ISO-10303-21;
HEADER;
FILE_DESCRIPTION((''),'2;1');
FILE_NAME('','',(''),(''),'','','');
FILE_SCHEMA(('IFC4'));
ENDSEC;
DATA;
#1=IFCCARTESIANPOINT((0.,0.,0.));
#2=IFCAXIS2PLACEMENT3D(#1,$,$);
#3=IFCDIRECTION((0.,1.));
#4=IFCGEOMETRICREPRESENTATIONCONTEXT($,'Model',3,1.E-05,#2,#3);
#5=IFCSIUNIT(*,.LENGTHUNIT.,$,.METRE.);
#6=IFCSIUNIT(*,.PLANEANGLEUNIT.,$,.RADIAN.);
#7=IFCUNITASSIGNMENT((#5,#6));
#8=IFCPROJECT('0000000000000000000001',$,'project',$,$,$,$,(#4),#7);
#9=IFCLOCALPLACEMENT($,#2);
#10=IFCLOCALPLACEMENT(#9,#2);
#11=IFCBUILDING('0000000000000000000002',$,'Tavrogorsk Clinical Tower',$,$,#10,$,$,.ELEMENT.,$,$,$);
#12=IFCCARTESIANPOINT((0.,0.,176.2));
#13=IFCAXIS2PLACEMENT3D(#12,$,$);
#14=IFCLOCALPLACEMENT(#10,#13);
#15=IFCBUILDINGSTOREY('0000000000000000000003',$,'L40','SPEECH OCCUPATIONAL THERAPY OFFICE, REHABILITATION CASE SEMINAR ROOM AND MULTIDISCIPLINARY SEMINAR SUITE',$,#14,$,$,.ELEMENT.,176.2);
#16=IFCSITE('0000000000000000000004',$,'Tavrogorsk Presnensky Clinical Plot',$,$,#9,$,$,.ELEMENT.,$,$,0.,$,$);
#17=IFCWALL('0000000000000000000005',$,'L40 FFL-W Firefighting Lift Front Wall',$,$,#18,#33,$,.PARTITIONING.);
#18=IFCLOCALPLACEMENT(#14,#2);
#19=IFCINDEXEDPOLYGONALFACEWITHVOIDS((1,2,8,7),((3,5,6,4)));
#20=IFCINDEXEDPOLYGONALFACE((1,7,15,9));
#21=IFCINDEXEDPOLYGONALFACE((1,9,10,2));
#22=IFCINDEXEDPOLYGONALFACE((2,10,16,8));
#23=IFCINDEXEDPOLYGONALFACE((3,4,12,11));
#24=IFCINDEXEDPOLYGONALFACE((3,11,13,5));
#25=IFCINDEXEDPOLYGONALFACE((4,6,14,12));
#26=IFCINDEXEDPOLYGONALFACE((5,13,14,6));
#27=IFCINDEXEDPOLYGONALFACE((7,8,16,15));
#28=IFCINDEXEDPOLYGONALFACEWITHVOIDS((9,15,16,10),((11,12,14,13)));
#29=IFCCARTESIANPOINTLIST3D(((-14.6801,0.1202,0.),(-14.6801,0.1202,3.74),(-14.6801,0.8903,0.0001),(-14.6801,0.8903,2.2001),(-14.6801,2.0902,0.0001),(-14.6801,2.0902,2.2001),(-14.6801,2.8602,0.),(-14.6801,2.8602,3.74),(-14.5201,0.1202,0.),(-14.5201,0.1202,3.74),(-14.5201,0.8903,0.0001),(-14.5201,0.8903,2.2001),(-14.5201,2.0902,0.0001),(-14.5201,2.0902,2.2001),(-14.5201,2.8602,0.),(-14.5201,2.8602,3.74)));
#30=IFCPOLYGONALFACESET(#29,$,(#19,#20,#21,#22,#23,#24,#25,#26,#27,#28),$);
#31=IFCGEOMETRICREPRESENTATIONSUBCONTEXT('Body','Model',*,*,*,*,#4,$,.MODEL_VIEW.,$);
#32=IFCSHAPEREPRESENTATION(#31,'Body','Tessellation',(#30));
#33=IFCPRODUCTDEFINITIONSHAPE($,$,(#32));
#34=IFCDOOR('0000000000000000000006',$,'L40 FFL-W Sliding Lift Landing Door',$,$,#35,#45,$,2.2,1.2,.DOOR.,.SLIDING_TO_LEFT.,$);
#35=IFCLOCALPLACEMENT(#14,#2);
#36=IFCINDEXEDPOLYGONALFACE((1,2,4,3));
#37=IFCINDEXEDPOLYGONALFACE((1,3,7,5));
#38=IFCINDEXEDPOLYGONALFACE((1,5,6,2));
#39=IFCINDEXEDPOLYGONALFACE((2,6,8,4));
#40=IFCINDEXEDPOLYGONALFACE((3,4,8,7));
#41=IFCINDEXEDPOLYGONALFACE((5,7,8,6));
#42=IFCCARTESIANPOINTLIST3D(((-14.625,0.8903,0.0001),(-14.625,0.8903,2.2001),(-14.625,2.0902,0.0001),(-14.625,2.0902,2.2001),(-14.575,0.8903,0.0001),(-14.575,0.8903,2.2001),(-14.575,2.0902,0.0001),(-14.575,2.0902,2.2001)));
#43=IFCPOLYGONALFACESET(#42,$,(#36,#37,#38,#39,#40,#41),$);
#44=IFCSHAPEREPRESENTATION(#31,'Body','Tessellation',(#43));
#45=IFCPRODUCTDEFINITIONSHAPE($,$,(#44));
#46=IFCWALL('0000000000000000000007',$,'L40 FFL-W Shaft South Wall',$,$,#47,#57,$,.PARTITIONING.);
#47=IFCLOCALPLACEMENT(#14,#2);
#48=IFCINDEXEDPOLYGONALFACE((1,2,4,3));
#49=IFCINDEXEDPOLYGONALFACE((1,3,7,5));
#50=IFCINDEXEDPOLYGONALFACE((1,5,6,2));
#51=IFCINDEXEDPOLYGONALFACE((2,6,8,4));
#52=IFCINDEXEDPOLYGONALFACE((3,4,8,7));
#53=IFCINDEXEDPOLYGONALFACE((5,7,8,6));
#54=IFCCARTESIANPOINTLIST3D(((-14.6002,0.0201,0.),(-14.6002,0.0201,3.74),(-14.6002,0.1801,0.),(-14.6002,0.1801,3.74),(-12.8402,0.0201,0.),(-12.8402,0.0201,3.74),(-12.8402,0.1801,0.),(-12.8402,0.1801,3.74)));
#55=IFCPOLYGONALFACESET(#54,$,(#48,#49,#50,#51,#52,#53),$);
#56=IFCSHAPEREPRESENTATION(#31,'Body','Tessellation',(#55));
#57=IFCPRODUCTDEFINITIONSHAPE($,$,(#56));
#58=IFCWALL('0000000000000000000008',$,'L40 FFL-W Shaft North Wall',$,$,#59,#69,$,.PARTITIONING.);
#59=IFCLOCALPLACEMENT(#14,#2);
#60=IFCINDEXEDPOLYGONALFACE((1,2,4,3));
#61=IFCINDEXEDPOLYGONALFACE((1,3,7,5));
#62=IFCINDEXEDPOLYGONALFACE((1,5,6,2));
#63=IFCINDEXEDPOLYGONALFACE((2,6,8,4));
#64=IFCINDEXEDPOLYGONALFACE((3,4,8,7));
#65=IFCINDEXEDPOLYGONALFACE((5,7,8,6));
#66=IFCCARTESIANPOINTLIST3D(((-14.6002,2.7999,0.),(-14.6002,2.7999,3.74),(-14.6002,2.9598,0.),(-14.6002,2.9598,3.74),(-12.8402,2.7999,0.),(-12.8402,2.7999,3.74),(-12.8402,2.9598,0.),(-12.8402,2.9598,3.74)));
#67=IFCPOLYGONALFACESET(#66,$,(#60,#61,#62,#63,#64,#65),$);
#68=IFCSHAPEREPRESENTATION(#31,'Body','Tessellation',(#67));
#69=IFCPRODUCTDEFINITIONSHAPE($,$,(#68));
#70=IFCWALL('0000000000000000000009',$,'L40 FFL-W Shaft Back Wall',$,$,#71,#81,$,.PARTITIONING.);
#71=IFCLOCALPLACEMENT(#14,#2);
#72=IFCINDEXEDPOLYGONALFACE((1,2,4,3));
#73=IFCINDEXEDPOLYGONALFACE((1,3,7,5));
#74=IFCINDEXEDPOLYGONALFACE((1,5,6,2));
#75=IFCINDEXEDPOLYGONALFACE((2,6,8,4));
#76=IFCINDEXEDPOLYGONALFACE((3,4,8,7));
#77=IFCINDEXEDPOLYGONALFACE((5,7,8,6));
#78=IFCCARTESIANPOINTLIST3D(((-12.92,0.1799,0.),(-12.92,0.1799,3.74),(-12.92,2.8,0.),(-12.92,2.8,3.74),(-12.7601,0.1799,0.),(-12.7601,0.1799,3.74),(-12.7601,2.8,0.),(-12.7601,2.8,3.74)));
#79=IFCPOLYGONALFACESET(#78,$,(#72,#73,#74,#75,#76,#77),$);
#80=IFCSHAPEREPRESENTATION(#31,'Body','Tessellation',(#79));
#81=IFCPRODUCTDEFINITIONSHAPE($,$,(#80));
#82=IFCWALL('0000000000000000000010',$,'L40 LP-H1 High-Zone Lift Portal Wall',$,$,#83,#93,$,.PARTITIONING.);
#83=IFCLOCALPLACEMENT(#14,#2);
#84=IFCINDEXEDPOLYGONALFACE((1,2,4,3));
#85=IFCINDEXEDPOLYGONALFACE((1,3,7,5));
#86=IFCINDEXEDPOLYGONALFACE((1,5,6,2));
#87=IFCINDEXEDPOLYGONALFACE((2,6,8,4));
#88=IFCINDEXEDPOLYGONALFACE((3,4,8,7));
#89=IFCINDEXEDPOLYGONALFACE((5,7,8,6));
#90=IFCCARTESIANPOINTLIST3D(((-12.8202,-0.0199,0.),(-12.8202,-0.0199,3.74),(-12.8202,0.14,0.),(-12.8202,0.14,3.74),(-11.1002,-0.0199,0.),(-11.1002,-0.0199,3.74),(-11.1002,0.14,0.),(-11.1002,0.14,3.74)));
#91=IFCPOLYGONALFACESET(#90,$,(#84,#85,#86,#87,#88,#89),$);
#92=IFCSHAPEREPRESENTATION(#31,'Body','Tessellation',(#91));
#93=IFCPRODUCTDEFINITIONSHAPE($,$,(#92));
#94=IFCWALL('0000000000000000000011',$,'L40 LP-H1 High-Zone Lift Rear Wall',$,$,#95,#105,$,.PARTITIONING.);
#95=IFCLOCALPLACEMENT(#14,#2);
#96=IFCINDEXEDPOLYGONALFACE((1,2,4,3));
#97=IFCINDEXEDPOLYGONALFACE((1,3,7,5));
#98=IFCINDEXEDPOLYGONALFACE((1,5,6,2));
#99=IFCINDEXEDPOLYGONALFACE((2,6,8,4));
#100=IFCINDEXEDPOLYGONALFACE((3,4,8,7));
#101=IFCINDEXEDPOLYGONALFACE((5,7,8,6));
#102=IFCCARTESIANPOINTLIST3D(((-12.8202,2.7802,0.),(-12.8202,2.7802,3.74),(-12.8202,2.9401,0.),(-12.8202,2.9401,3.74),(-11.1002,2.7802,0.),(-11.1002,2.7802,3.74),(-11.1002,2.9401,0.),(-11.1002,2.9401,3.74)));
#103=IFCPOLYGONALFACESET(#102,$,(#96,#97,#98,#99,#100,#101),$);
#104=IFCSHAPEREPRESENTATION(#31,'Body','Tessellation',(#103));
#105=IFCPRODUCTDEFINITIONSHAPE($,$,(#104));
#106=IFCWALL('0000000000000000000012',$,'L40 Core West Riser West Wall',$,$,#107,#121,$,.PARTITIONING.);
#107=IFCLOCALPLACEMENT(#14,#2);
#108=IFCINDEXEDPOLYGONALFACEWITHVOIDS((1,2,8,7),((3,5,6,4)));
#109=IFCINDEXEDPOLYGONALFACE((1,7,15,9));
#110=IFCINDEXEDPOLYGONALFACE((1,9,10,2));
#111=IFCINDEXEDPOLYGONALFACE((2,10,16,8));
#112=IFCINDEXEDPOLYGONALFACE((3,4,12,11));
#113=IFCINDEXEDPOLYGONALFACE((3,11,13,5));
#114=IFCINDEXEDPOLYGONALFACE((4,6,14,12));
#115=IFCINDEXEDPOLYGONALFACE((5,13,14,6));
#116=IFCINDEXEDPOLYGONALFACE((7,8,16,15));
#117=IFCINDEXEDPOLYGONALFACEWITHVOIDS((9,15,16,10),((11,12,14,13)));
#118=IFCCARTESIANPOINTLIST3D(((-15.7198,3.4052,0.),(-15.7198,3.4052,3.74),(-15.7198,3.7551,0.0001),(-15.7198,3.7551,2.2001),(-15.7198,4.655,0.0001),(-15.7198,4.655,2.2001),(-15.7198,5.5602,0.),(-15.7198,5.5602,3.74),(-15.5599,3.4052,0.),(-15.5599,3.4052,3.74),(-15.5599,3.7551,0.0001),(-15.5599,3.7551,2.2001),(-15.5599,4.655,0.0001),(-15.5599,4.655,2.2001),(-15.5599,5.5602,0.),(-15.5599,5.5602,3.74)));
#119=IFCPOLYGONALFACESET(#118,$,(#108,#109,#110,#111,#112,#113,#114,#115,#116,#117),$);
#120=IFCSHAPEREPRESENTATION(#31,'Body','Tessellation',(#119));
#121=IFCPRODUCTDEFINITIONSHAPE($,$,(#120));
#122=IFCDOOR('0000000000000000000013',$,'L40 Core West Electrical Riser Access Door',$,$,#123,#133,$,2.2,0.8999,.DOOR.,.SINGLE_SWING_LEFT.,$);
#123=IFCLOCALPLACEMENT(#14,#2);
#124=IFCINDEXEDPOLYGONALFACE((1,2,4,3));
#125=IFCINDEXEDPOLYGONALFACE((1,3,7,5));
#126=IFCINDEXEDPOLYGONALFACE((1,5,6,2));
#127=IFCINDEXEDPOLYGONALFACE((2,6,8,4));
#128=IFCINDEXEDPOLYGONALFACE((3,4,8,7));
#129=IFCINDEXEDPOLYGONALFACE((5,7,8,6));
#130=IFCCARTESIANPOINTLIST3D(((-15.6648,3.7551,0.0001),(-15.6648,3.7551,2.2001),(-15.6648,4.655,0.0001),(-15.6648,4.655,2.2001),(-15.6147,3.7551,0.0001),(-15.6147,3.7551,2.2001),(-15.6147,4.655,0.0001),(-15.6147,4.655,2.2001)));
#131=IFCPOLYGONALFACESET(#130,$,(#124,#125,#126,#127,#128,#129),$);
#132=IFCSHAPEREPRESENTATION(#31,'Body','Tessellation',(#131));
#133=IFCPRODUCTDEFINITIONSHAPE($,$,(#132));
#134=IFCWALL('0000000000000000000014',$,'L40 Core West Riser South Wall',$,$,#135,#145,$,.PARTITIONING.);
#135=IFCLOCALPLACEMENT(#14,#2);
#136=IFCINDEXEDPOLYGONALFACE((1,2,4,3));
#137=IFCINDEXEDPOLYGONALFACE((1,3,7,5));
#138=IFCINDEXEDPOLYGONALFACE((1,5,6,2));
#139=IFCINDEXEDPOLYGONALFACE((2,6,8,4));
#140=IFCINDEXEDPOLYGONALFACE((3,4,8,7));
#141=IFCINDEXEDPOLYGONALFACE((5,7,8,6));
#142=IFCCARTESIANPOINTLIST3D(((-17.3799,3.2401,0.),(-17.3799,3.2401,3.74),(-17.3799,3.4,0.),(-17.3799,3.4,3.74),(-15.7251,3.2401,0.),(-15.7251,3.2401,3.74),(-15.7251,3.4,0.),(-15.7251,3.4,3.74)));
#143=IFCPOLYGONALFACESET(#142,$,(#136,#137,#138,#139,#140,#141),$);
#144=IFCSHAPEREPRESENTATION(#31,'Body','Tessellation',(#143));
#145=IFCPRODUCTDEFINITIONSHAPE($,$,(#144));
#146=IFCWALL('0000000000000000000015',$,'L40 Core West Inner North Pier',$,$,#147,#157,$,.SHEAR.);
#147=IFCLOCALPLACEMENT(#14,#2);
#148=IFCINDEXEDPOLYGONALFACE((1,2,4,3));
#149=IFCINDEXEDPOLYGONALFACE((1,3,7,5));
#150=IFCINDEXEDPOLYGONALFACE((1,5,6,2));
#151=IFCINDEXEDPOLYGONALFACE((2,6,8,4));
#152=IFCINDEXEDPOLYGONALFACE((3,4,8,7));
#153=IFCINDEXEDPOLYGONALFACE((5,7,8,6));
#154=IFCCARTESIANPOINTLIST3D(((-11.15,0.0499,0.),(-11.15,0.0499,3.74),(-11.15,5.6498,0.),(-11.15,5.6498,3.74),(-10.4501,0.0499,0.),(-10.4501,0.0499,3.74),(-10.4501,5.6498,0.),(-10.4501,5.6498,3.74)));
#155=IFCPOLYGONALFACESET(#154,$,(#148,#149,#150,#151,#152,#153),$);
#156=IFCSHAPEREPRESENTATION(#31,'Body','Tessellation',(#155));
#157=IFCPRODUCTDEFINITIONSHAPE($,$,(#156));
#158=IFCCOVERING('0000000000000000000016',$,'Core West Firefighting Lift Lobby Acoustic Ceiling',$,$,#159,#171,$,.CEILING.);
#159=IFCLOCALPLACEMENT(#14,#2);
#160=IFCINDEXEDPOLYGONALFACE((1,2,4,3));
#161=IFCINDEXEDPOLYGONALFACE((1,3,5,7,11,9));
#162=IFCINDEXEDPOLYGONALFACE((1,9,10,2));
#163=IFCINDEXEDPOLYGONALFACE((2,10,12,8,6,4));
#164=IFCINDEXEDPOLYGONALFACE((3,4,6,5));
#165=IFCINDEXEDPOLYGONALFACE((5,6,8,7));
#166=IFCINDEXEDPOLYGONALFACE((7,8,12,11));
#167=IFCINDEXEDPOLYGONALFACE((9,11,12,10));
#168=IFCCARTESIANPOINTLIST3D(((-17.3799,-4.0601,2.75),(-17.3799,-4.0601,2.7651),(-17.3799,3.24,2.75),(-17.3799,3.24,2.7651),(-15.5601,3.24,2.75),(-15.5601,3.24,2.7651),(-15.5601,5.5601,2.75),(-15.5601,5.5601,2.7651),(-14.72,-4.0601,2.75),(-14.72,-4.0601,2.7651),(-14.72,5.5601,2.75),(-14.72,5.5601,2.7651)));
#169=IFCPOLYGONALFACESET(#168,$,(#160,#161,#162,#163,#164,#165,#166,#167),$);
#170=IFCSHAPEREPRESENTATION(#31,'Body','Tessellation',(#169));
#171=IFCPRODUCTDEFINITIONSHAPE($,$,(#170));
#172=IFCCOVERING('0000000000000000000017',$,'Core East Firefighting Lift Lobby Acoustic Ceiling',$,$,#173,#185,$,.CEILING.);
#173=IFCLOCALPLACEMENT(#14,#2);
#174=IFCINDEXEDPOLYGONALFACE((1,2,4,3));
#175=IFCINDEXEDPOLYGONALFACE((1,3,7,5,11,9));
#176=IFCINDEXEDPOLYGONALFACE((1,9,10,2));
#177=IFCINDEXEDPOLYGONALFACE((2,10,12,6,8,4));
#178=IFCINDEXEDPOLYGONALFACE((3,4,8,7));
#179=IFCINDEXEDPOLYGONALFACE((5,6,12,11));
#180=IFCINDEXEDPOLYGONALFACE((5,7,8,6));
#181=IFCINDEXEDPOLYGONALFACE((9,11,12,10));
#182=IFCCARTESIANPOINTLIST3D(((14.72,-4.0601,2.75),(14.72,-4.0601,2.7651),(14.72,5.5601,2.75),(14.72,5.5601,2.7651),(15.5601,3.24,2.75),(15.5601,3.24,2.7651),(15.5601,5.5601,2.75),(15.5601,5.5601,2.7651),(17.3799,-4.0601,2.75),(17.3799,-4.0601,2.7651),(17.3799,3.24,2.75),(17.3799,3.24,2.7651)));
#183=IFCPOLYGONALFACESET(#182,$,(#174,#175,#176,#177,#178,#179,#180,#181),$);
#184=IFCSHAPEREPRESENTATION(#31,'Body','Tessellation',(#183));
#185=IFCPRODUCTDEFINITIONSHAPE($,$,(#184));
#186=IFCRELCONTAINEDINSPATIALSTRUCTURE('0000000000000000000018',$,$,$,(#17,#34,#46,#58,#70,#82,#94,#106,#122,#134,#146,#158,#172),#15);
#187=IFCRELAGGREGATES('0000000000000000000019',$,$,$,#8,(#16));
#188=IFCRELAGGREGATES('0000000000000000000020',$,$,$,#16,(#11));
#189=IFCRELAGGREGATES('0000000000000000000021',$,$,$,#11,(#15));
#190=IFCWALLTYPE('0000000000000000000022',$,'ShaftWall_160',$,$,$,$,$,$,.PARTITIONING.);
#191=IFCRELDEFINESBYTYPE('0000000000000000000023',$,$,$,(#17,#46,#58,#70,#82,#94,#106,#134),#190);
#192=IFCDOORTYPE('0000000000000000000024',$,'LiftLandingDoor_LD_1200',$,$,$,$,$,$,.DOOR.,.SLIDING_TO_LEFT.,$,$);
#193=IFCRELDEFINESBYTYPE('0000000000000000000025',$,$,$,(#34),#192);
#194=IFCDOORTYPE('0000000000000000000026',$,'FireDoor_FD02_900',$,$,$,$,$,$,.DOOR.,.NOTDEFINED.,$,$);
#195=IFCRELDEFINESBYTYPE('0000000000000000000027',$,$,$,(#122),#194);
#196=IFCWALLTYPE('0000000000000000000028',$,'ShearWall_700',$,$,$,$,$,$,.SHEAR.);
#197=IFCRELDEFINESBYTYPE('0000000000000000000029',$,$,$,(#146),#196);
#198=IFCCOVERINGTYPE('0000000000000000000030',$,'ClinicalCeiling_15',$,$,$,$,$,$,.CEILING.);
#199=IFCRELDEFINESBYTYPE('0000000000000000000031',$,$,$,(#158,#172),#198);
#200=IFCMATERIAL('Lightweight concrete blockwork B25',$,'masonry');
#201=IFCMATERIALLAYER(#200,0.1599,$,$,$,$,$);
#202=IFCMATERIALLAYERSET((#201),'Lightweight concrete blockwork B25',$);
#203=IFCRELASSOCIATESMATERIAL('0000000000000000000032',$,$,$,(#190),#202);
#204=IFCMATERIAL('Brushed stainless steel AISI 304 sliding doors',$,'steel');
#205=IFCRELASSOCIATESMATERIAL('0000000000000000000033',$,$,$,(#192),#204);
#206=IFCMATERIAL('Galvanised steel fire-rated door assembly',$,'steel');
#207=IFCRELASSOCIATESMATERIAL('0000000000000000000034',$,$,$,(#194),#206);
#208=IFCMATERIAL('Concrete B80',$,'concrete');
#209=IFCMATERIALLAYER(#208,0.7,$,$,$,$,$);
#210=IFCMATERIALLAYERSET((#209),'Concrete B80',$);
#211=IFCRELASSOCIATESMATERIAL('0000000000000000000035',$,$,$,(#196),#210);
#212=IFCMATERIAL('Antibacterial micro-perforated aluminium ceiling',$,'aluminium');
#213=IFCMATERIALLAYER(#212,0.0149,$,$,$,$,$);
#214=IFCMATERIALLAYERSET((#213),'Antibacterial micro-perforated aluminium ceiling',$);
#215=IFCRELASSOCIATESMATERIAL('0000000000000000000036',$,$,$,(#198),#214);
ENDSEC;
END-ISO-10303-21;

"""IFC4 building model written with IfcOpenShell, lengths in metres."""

from ifc_helpers import new_model, si_unit, direction, frame, frame_2d, origin, place, context, subcontext, project, spatial, polyline, rectangle, outline, extrude, material, layer, layer_set, type_object, element, fill, save


model = new_model("IFC4")

# Units and contexts
model_context = context("Model", 3, precision=1e-05, world=origin(), true_north=direction((0.0, 1.0)))
body_context = subcontext(model_context, "Body", "Model", "MODEL_VIEW")
ifc_project = project(units=[si_unit("LENGTHUNIT", "METRE"), si_unit("PLANEANGLEUNIT", "RADIAN")], contexts=[model_context])

# Site, building, storey
site_placement = place(None, origin())
site = spatial("IfcSite", under=ifc_project, at=site_placement, Name="Tavrogorsk Presnensky Clinical Plot", CompositionType="ELEMENT", RefElevation=0.0)
building_placement = place(site_placement, origin())
building = spatial("IfcBuilding", under=site, at=building_placement, Name="Tavrogorsk Clinical Tower", CompositionType="ELEMENT")
storey_placement = place(building_placement, frame((0.0, 0.0, 176.2)))
storey = spatial("IfcBuildingStorey", under=building, at=storey_placement, Name="L40", Description="SPEECH OCCUPATIONAL THERAPY OFFICE, REHABILITATION CASE SEMINAR ROOM AND MULTIDISCIPLINARY SEMINAR SUITE", CompositionType="ELEMENT", Elevation=176.2)

# Wall, opening, door
ifc_material_1 = material(Name="Lightweight concrete blockwork B25", Category="masonry")
ifc_layer_1 = layer(ifc_material_1, 0.1599)
ifc_layer_set_1 = layer_set([ifc_layer_1], Name="Lightweight concrete blockwork B25")
wall_type_1 = type_object("IfcWallType", Name="ShaftWall_160", PredefinedType="PARTITIONING", material=ifc_layer_set_1)
wall_1_placement = place(storey_placement, frame((-14.6001, 0.1201, 0.0), z_axis=(0.0, 0.0, 1.0), x_axis=(0.0, 1.0, 0.0)))
wall_1 = element("IfcWall", 1, at=wall_1_placement, inside=storey, type_object=wall_type_1, Name="L40 FFL-W Firefighting Lift Front Wall", PredefinedType="PARTITIONING", context=body_context, shape_type="SweptSolid", body=[
    extrude(rectangle(XDim=2.74, YDim=0.1599, at=frame_2d((1.3701, 0.0))), origin(), (0.0, 0.0, 1.0), 3.74),
])
opening_1_placement = place(wall_1_placement, frame((0.77, 0.0, 0.0)))
opening_1 = element("IfcOpeningElement", 2, at=opening_1_placement, cuts=wall_1, PredefinedType="OPENING", context=body_context, shape_type="SweptSolid", body=[
    extrude(rectangle(XDim=1.2, YDim=2.2, at=frame_2d((0.6001, 1.1001))), frame((0.0, 0.0898, 0.0), z_axis=(0.0, -1.0, 0.0), x_axis=(1.0, 0.0, 0.0)), (0.0, 0.0, 1.0), 0.1799),
])
ifc_material_2 = material(Name="Brushed stainless steel AISI 304 sliding doors", Category="steel")
door_type_1 = type_object("IfcDoorType", Name="LiftLandingDoor_LD_1200", OperationType="SLIDING_TO_LEFT", PredefinedType="DOOR", material=ifc_material_2)
door_1_placement = place(opening_1_placement, origin())
door_1 = element("IfcDoor", 3, at=door_1_placement, inside=storey, type_object=door_type_1, Name="L40 FFL-W Sliding Lift Landing Door", OperationType="SLIDING_TO_LEFT", OverallHeight=2.2, OverallWidth=1.2, PredefinedType="DOOR", context=body_context, shape_type="SweptSolid", body=[
    extrude(rectangle(XDim=1.2, YDim=2.2, at=frame_2d((0.6001, 1.1001))), frame((0.0, 0.0249, 0.0), z_axis=(0.0, -1.0, 0.0), x_axis=(1.0, 0.0, 0.0)), (0.0, 0.0, 1.0), 0.05),
])
fill(opening_1, door_1)

# Walls
for number, where, z_axis, x_axis, name in (
    (4, (-14.6001, 0.1001, 0.0), (0.0, 0.0, 1.0), (1.0, 0.0, 0.0), "L40 FFL-W Shaft South Wall"),
    (5, (-14.6001, 2.8799, 0.0), (0.0, 0.0, 1.0), (1.0, 0.0, 0.0), "L40 FFL-W Shaft North Wall"),
):
    element("IfcWall", number, at=place(storey_placement, frame(where, z_axis=z_axis, x_axis=x_axis)), inside=storey, type_object=wall_type_1, Name=name, PredefinedType="PARTITIONING", context=body_context, shape_type="SweptSolid", body=[
        extrude(rectangle(XDim=1.76, YDim=0.1599, at=frame_2d((0.8799, 0.0))), origin(), (0.0, 0.0, 1.0), 3.74),
    ])
wall_2_placement = place(storey_placement, frame((-12.8401, 0.1799, 0.0), z_axis=(0.0, 0.0, 1.0), x_axis=(0.0, 1.0, 0.0)))
element("IfcWall", 6, at=wall_2_placement, inside=storey, type_object=wall_type_1, Name="L40 FFL-W Shaft Back Wall", PredefinedType="PARTITIONING", context=body_context, shape_type="SweptSolid", body=[
    extrude(rectangle(XDim=2.6201, YDim=0.1599, at=frame_2d((1.3101, 0.0))), origin(), (0.0, 0.0, 1.0), 3.74),
])
for number, where, z_axis, x_axis, name in (
    (7, (-12.8201, 0.0601, 0.0), (0.0, 0.0, 1.0), (1.0, 0.0, 0.0), "L40 LP-H1 High-Zone Lift Portal Wall"),
    (8, (-12.8201, 2.8601, 0.0), (0.0, 0.0, 1.0), (1.0, 0.0, 0.0), "L40 LP-H1 High-Zone Lift Rear Wall"),
):
    element("IfcWall", number, at=place(storey_placement, frame(where, z_axis=z_axis, x_axis=x_axis)), inside=storey, type_object=wall_type_1, Name=name, PredefinedType="PARTITIONING", context=body_context, shape_type="SweptSolid", body=[
        extrude(rectangle(XDim=1.72, YDim=0.1599, at=frame_2d((0.8599, 0.0))), origin(), (0.0, 0.0, 1.0), 3.74),
    ])

# Wall, opening, door
wall_3_placement = place(storey_placement, frame((-15.6399, 3.405, 0.0), z_axis=(0.0, 0.0, 1.0), x_axis=(0.0, 1.0, 0.0)))
wall_3 = element("IfcWall", 9, at=wall_3_placement, inside=storey, type_object=wall_type_1, Name="L40 Core West Riser West Wall", PredefinedType="PARTITIONING", context=body_context, shape_type="SweptSolid", body=[
    extrude(rectangle(XDim=2.155, YDim=0.1599, at=frame_2d((1.0776, 0.0))), origin(), (0.0, 0.0, 1.0), 3.74),
])
opening_2_placement = place(wall_3_placement, frame((0.3501, 0.0, 0.0)))
opening_2 = element("IfcOpeningElement", 10, at=opening_2_placement, cuts=wall_3, PredefinedType="OPENING", context=body_context, shape_type="SweptSolid", body=[
    extrude(rectangle(XDim=0.8999, YDim=2.2, at=frame_2d((0.45, 1.1001))), frame((0.0, 0.0898, 0.0), z_axis=(0.0, -1.0, 0.0), x_axis=(1.0, 0.0, 0.0)), (0.0, 0.0, 1.0), 0.1799),
])
ifc_material_3 = material(Name="Galvanised steel fire-rated door assembly", Category="steel")
door_type_2 = type_object("IfcDoorType", Name="FireDoor_FD02_900", OperationType="NOTDEFINED", PredefinedType="DOOR", material=ifc_material_3)
door_2_placement = place(opening_2_placement, origin())
door_2 = element("IfcDoor", 11, at=door_2_placement, inside=storey, type_object=door_type_2, Name="L40 Core West Electrical Riser Access Door", OperationType="SINGLE_SWING_LEFT", OverallHeight=2.2, OverallWidth=0.8999, PredefinedType="DOOR", context=body_context, shape_type="SweptSolid", body=[
    extrude(rectangle(XDim=0.8999, YDim=2.2, at=frame_2d((0.45, 1.1001))), frame((0.0, 0.0249, 0.0), z_axis=(0.0, -1.0, 0.0), x_axis=(1.0, 0.0, 0.0)), (0.0, 0.0, 1.0), 0.05),
])
fill(opening_2, door_2)

# Walls
wall_4_placement = place(storey_placement, frame((-17.3799, 3.3201, 0.0), z_axis=(0.0, 0.0, 1.0), x_axis=(1.0, 0.0, 0.0)))
element("IfcWall", 12, at=wall_4_placement, inside=storey, type_object=wall_type_1, Name="L40 Core West Riser South Wall", PredefinedType="PARTITIONING", context=body_context, shape_type="SweptSolid", body=[
    extrude(rectangle(XDim=1.6548, YDim=0.1599, at=frame_2d((0.8274, 0.0))), origin(), (0.0, 0.0, 1.0), 3.74),
])
ifc_material_4 = material(Name="Concrete B80", Category="concrete")
ifc_layer_2 = layer(ifc_material_4, 0.7)
ifc_layer_set_2 = layer_set([ifc_layer_2], Name="Concrete B80")
wall_type_2 = type_object("IfcWallType", Name="ShearWall_700", PredefinedType="SHEAR", material=ifc_layer_set_2)
wall_5_placement = place(storey_placement, frame((-10.8, 0.05, 0.0), z_axis=(0.0, 0.0, 1.0), x_axis=(0.0, 1.0, 0.0)))
element("IfcWall", 13, at=wall_5_placement, inside=storey, type_object=wall_type_2, Name="L40 Core West Inner North Pier", PredefinedType="SHEAR", context=body_context, shape_type="SweptSolid", body=[
    extrude(rectangle(XDim=5.5999, YDim=0.7, at=frame_2d((2.7998, 0.0))), origin(), (0.0, 0.0, 1.0), 3.74),
])

# Coverings
ifc_material_5 = material(Name="Antibacterial micro-perforated aluminium ceiling", Category="aluminium")
ifc_layer_3 = layer(ifc_material_5, 0.0149)
ifc_layer_set_3 = layer_set([ifc_layer_3], Name="Antibacterial micro-perforated aluminium ceiling")
covering_type_1 = type_object("IfcCoveringType", Name="ClinicalCeiling_15", PredefinedType="CEILING", material=ifc_layer_set_3)
covering_1_placement = place(storey_placement, frame((0.0, 0.0, 2.75)))
element("IfcCovering", 14, at=covering_1_placement, inside=storey, type_object=covering_type_1, Name="Core West Firefighting Lift Lobby Acoustic Ceiling", PredefinedType="CEILING", context=body_context, shape_type="SweptSolid", body=[
    extrude(outline(polyline([(-14.72, 5.5601), (-14.72, -4.0601), (-17.3799, -4.0601), (-17.3799, 3.24), (-15.5601, 3.24), (-15.5601, 5.5601), (-14.72, 5.5601)])), origin(), (0.0, 0.0, 1.0), 0.0151),
])
covering_2_placement = place(storey_placement, frame((0.0, 0.0, 2.75)))
element("IfcCovering", 15, at=covering_2_placement, inside=storey, type_object=covering_type_1, Name="Core East Firefighting Lift Lobby Acoustic Ceiling", PredefinedType="CEILING", context=body_context, shape_type="SweptSolid", body=[
    extrude(outline(polyline([(17.3799, -4.0601), (14.72, -4.0601), (14.72, 5.5601), (15.5601, 5.5601), (15.5601, 3.24), (17.3799, 3.24), (17.3799, -4.0601)])), origin(), (0.0, 0.0, 1.0), 0.0151),
])

save(model, "model.ifc")
